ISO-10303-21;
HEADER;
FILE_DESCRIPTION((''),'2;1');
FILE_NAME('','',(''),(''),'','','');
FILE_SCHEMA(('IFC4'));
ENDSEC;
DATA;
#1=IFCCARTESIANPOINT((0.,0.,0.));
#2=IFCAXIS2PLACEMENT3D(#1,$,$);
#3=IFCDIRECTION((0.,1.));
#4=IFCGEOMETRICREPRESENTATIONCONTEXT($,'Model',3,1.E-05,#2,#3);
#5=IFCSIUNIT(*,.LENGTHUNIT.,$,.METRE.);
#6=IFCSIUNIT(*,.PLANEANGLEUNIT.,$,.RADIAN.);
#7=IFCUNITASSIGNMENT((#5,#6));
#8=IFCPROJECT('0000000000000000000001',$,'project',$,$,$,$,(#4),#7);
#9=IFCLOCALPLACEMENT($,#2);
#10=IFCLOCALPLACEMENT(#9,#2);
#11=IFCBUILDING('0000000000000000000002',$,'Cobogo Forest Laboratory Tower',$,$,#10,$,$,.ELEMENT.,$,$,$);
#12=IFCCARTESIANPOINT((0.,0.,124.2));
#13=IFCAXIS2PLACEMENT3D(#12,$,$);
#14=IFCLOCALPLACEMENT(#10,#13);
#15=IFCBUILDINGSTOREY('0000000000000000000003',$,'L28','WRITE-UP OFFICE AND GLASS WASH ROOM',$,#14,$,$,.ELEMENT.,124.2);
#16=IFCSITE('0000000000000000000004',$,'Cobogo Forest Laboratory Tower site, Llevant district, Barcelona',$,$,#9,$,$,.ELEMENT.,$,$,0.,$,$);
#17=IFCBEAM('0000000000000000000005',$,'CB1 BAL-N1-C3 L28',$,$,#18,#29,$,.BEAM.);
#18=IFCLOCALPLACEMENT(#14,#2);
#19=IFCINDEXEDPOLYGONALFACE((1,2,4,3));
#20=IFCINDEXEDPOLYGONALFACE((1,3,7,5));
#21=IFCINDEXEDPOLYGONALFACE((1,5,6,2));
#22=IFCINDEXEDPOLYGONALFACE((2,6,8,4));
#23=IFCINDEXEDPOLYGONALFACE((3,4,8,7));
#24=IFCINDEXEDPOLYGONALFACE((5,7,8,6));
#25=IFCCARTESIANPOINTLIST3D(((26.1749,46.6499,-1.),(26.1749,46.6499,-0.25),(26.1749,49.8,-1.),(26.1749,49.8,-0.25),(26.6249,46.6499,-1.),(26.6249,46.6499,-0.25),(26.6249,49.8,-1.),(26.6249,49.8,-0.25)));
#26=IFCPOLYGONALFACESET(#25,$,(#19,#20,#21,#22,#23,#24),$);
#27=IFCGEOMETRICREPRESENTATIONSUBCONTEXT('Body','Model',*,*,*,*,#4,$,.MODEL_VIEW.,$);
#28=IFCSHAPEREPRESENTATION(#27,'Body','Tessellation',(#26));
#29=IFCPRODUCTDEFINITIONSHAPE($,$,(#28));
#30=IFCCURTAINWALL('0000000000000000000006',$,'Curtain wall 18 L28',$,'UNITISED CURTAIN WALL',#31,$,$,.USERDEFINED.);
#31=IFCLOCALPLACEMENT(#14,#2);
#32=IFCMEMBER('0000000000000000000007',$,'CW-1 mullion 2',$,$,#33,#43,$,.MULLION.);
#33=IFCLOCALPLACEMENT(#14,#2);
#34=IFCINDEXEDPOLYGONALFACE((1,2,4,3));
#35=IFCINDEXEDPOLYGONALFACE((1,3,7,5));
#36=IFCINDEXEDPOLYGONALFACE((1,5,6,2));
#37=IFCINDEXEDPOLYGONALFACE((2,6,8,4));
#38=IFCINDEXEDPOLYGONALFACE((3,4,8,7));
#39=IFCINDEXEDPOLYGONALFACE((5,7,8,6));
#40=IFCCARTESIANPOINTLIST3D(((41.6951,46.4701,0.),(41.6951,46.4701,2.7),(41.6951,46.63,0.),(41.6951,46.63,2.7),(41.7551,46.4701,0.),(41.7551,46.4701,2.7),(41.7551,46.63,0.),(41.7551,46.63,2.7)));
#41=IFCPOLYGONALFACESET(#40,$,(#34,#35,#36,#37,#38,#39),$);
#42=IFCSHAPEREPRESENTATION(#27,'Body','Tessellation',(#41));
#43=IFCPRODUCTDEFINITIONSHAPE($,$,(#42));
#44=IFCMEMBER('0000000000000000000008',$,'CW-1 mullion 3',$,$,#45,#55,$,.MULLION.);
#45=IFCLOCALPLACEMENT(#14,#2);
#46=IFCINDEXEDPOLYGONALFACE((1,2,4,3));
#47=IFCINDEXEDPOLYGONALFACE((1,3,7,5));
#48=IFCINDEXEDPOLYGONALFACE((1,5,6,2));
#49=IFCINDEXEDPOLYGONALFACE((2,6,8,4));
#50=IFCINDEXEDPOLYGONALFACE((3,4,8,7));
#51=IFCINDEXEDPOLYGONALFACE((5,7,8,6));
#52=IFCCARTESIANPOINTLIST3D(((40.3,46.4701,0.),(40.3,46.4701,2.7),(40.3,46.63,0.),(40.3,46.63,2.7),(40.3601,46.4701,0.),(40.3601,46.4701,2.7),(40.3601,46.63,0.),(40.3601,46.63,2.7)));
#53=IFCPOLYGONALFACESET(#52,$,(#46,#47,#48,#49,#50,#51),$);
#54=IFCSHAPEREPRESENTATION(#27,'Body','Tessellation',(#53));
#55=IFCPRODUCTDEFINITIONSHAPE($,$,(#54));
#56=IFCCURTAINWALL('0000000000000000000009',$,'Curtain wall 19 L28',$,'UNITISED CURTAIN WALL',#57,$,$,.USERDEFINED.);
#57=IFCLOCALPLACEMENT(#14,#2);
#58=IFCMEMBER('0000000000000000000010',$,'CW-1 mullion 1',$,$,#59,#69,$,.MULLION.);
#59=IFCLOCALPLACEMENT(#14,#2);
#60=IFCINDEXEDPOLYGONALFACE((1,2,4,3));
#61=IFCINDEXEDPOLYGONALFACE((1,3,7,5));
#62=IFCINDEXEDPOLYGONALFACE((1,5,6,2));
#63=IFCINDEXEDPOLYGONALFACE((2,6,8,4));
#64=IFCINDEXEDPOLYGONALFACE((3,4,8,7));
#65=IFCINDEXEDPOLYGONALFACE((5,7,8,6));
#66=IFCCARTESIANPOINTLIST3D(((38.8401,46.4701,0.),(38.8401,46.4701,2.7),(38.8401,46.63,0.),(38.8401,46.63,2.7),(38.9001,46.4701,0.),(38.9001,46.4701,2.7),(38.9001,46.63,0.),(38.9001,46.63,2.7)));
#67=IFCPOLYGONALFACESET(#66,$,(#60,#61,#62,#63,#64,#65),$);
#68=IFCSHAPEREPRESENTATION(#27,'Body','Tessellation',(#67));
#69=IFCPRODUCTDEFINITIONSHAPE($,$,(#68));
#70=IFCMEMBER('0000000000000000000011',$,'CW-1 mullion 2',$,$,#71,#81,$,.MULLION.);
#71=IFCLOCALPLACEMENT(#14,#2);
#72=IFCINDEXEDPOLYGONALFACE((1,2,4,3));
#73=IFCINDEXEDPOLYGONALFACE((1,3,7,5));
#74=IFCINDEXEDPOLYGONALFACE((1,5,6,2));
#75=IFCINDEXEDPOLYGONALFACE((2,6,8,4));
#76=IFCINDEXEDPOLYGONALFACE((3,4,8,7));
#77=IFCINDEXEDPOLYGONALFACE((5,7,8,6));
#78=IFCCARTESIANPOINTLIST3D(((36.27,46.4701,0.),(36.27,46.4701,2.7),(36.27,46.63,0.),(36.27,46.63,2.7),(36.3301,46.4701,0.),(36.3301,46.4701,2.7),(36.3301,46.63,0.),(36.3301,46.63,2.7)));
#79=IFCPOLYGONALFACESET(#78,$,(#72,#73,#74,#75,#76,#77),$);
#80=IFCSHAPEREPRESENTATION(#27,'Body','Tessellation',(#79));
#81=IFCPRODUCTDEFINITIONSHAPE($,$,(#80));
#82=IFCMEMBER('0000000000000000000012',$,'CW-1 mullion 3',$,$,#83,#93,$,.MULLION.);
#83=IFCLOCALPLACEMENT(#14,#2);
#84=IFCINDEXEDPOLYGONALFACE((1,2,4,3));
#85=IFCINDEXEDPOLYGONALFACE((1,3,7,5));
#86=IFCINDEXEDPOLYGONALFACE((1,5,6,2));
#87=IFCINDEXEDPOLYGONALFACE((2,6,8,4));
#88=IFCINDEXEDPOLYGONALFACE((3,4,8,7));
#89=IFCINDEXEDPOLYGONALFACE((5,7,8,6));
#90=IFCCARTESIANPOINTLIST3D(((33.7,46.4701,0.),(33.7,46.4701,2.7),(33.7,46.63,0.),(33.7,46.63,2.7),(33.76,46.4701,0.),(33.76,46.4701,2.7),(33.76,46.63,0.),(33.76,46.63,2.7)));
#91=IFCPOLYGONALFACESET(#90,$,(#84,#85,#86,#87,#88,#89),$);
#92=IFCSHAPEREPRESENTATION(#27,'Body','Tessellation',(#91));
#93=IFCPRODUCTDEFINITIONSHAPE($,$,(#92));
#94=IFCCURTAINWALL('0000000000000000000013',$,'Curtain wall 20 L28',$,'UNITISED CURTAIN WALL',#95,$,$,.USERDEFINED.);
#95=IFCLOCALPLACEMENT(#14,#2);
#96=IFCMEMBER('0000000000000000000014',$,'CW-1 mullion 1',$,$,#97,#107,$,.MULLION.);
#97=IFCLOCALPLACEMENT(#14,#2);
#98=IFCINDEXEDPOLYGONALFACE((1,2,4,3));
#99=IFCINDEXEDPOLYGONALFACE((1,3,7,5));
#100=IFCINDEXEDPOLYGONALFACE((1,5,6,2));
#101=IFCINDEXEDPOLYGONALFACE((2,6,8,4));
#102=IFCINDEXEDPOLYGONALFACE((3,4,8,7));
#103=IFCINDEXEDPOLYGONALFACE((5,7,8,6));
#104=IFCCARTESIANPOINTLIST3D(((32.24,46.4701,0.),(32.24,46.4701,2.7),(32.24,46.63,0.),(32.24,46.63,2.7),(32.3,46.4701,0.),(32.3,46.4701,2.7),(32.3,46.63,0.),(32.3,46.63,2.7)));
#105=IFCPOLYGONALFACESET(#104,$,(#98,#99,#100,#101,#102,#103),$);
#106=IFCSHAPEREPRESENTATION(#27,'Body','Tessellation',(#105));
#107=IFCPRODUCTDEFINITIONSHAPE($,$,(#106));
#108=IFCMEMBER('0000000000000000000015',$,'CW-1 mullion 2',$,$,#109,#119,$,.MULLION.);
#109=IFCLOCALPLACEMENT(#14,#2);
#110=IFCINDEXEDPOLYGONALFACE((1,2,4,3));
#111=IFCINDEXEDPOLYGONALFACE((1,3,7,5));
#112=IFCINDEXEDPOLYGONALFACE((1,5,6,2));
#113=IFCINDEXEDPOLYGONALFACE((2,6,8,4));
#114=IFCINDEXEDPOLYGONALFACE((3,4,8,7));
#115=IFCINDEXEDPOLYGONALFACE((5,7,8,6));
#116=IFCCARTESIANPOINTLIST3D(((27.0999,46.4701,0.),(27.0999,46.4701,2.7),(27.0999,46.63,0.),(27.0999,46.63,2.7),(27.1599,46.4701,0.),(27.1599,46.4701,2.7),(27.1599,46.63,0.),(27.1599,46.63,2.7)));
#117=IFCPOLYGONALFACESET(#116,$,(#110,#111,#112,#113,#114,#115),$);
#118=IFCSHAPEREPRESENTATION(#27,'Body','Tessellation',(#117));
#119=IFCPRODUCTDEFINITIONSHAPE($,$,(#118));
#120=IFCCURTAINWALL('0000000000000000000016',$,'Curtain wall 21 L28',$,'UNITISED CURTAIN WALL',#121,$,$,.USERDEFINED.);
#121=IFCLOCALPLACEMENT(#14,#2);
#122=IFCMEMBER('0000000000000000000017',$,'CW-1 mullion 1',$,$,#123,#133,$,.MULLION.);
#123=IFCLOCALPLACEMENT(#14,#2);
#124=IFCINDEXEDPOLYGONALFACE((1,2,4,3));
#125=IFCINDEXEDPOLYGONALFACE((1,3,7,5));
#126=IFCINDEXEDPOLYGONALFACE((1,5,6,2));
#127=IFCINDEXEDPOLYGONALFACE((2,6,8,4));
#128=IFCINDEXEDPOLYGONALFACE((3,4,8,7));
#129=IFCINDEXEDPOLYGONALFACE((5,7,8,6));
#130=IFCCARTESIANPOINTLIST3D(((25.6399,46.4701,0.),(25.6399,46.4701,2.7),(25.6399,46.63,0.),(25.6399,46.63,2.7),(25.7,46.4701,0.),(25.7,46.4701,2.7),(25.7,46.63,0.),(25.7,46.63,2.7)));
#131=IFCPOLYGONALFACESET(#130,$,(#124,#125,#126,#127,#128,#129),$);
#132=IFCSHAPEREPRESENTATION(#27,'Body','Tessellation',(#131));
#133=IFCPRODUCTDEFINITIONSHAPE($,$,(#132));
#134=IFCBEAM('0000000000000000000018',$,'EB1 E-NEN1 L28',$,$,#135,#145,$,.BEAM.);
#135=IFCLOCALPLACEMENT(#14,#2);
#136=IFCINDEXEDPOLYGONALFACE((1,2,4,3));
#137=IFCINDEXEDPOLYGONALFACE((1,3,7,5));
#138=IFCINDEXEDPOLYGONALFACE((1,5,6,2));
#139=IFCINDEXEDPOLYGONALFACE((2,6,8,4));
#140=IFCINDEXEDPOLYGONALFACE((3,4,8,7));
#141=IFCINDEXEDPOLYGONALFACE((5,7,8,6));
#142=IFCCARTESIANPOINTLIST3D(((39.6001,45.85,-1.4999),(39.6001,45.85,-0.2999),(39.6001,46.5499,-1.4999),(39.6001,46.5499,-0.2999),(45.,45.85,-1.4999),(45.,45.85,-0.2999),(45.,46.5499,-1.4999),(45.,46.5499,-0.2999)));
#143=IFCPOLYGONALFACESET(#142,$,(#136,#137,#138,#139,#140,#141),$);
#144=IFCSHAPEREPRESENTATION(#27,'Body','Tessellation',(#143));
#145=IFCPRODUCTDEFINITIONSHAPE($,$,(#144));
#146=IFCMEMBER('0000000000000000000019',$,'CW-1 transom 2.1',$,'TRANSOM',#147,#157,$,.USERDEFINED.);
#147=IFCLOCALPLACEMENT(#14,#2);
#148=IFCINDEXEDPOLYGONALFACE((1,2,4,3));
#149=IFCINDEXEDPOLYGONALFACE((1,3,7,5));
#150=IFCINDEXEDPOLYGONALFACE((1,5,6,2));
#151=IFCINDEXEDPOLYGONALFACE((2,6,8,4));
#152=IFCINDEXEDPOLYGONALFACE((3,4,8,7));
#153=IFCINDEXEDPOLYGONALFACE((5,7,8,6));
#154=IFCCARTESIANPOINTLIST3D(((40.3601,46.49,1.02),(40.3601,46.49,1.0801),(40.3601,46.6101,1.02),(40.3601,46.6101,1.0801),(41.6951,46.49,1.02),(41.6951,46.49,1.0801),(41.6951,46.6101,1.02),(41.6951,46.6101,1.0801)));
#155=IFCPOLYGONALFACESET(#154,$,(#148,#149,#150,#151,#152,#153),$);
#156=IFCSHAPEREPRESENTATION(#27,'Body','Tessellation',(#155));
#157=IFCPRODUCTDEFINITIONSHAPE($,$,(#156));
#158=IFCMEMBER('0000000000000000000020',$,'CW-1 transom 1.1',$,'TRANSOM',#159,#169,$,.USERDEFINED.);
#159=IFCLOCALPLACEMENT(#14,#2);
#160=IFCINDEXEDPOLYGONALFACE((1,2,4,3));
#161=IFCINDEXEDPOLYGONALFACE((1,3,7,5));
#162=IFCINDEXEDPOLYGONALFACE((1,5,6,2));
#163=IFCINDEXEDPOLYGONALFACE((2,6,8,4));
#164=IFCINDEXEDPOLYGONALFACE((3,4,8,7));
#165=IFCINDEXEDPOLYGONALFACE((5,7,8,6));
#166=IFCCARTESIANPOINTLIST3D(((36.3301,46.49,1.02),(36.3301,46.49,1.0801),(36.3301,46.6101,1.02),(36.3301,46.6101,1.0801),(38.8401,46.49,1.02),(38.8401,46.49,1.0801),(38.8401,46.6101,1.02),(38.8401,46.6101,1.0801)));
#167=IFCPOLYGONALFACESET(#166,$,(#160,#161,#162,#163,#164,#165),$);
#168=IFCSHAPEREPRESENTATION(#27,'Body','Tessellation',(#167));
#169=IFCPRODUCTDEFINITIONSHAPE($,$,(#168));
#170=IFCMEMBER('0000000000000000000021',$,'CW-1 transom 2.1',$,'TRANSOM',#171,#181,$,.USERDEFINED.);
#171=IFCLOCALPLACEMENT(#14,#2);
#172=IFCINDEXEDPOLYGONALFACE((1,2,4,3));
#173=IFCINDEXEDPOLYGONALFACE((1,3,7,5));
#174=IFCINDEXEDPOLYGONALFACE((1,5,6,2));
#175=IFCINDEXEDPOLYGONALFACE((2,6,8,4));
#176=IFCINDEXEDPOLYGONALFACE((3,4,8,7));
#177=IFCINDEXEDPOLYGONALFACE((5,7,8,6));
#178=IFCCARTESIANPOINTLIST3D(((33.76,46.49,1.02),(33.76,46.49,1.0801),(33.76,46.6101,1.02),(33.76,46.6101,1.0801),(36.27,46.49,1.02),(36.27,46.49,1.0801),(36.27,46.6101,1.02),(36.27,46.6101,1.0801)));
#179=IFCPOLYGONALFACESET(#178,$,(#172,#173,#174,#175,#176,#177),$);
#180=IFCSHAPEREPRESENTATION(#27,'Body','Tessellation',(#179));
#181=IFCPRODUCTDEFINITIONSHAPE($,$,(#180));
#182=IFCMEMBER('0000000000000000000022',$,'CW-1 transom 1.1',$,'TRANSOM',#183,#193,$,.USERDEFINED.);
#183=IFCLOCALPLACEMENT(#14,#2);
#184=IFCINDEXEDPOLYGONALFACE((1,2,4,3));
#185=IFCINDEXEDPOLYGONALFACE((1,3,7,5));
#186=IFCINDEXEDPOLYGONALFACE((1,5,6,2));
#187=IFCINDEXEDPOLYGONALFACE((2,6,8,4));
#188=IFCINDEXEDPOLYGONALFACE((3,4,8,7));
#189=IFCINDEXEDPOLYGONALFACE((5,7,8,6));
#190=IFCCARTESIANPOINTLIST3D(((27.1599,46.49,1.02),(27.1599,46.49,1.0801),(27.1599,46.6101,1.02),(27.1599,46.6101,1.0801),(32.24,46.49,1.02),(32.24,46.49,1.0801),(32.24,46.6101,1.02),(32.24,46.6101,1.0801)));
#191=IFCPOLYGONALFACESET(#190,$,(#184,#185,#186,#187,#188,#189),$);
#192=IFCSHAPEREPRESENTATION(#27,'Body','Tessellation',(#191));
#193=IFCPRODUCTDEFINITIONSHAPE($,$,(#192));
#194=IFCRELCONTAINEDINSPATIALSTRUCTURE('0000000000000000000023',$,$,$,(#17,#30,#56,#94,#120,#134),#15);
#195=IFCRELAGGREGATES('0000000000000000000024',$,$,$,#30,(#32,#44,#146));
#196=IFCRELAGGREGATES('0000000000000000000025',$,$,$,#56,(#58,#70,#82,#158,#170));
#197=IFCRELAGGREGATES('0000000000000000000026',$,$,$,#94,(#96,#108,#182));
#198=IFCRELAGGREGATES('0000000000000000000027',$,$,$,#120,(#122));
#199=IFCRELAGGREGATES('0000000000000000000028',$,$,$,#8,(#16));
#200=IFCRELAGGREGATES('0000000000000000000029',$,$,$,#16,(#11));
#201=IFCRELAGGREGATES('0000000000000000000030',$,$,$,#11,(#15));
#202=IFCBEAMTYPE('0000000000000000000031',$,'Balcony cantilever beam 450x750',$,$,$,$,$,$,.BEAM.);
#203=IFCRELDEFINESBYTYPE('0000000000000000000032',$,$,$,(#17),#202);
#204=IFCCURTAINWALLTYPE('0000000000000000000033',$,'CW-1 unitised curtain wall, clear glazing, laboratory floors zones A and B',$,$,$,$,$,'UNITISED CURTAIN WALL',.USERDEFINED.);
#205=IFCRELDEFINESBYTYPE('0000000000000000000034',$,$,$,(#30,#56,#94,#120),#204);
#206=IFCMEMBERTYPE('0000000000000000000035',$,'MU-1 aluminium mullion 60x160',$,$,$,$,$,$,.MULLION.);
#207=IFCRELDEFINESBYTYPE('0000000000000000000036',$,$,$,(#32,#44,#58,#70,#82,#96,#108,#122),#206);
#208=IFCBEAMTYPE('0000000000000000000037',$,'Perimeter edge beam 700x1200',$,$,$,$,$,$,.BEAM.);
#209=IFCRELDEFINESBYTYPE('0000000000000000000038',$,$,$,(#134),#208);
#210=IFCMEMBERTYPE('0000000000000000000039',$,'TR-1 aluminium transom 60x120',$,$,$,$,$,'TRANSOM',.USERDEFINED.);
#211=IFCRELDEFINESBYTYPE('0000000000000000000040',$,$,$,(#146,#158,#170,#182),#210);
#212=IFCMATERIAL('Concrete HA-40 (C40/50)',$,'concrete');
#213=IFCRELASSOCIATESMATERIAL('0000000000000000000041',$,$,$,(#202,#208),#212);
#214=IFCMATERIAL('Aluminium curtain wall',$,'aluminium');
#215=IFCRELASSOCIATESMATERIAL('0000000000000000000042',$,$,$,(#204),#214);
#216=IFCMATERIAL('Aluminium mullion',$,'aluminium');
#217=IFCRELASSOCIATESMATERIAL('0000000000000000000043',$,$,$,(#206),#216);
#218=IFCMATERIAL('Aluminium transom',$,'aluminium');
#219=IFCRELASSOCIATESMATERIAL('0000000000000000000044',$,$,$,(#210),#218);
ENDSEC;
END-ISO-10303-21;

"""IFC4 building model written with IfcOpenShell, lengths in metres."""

from ifc_helpers import new_model, si_unit, direction, frame, origin, origin_2d, place, context, subcontext, project, spatial, rectangle, extrude, material, material_profile, profile_set, type_object, element, aggregate, save


model = new_model("IFC4")

# Units and contexts
model_context = context("Model", 3, precision=1e-05, world=origin(), true_north=direction((0.0, 1.0)))
body_context = subcontext(model_context, "Body", "Model", "MODEL_VIEW")
ifc_project = project(units=[si_unit("LENGTHUNIT", "METRE"), si_unit("PLANEANGLEUNIT", "RADIAN")], contexts=[model_context])

# Site, building, storey
site_placement = place(None, origin())
site = spatial("IfcSite", under=ifc_project, at=site_placement, Name="Cobogo Forest Laboratory Tower site, Llevant district, Barcelona", CompositionType="ELEMENT", RefElevation=0.0)
building_placement = place(site_placement, origin())
building = spatial("IfcBuilding", under=site, at=building_placement, Name="Cobogo Forest Laboratory Tower", CompositionType="ELEMENT")
storey_placement = place(building_placement, frame((0.0, 0.0, 124.2)))
storey = spatial("IfcBuildingStorey", under=building, at=storey_placement, Name="L28", Description="WRITE-UP OFFICE AND GLASS WASH ROOM", CompositionType="ELEMENT", Elevation=124.2)

# Beam
ifc_material_1 = material(Name="Concrete HA-40 (C40/50)", Category="concrete")
ifc_material_profile_1 = material_profile(ifc_material_1, rectangle(XDim=0.45, YDim=0.75, at=origin_2d()), Name="RC 450x750")
ifc_profile_set_1 = profile_set([ifc_material_profile_1], Name="Concrete HA-40 (C40/50)")
beam_type_1 = type_object("IfcBeamType", Name="Balcony cantilever beam 450x750", PredefinedType="BEAM", material=ifc_profile_set_1)
beam_1_placement = place(storey_placement, frame((26.3999, 46.6499, -0.625), z_axis=(0.0, 1.0, 0.0), x_axis=(-1.0, 0.0, 0.0)))
element("IfcBeam", 1, at=beam_1_placement, inside=storey, type_object=beam_type_1, Name="CB1 BAL-N1-C3 L28", PredefinedType="BEAM", context=body_context, shape_type="SweptSolid", body=[
    extrude(rectangle(XDim=0.45, YDim=0.75, at=origin_2d()), origin(), (0.0, 0.0, 1.0), 3.1501),
])

# Curtain walls, members
ifc_material_2 = material(Name="Aluminium curtain wall", Category="aluminium")
curtain_wall_type = type_object("IfcCurtainWallType", Name="CW-1 unitised curtain wall, clear glazing, laboratory floors zones A and B", ElementType="UNITISED CURTAIN WALL", PredefinedType="USERDEFINED", material=ifc_material_2)
curtain_wall_1_placement = place(storey_placement, origin())
curtain_wall_1 = element("IfcCurtainWall", 2, at=curtain_wall_1_placement, inside=storey, type_object=curtain_wall_type, Name="Curtain wall 18 L28", ObjectType="UNITISED CURTAIN WALL", PredefinedType="USERDEFINED")
ifc_material_3 = material(Name="Aluminium mullion", Category="aluminium")
ifc_material_profile_2 = material_profile(ifc_material_3, rectangle(XDim=0.0601, YDim=0.1599, at=origin_2d()), Name="AL 60x160")
ifc_profile_set_2 = profile_set([ifc_material_profile_2], Name="Aluminium mullion")
member_type_1 = type_object("IfcMemberType", Name="MU-1 aluminium mullion 60x160", PredefinedType="MULLION", material=ifc_profile_set_2)
member_1_placement = place(storey_placement, frame((41.7251, 46.55, 0.0), z_axis=(0.0, 0.0, 1.0), x_axis=(-1.0, 0.0, 0.0)))
member_1 = element("IfcMember", 3, at=member_1_placement, type_object=member_type_1, Name="CW-1 mullion 2", PredefinedType="MULLION", context=body_context, shape_type="SweptSolid", body=[
    extrude(rectangle(XDim=0.0601, YDim=0.1599, at=origin_2d()), origin(), (0.0, 0.0, 1.0), 2.7),
])
member_2_placement = place(storey_placement, frame((40.3301, 46.55, 0.0), z_axis=(0.0, 0.0, 1.0), x_axis=(-1.0, 0.0, 0.0)))
member_2 = element("IfcMember", 4, at=member_2_placement, type_object=member_type_1, Name="CW-1 mullion 3", PredefinedType="MULLION", context=body_context, shape_type="SweptSolid", body=[
    extrude(rectangle(XDim=0.0601, YDim=0.1599, at=origin_2d()), origin(), (0.0, 0.0, 1.0), 2.7),
])
curtain_wall_2_placement = place(storey_placement, origin())
curtain_wall_2 = element("IfcCurtainWall", 5, at=curtain_wall_2_placement, inside=storey, type_object=curtain_wall_type, Name="Curtain wall 19 L28", ObjectType="UNITISED CURTAIN WALL", PredefinedType="USERDEFINED")
member_3_placement = place(storey_placement, frame((38.8701, 46.55, 0.0), z_axis=(0.0, 0.0, 1.0), x_axis=(-1.0, 0.0, 0.0)))
member_3 = element("IfcMember", 6, at=member_3_placement, type_object=member_type_1, Name="CW-1 mullion 1", PredefinedType="MULLION", context=body_context, shape_type="SweptSolid", body=[
    extrude(rectangle(XDim=0.0601, YDim=0.1599, at=origin_2d()), origin(), (0.0, 0.0, 1.0), 2.7),
])
member_4_placement = place(storey_placement, frame((36.3, 46.55, 0.0), z_axis=(0.0, 0.0, 1.0), x_axis=(-1.0, 0.0, 0.0)))
member_4 = element("IfcMember", 7, at=member_4_placement, type_object=member_type_1, Name="CW-1 mullion 2", PredefinedType="MULLION", context=body_context, shape_type="SweptSolid", body=[
    extrude(rectangle(XDim=0.0601, YDim=0.1599, at=origin_2d()), origin(), (0.0, 0.0, 1.0), 2.7),
])
member_5_placement = place(storey_placement, frame((33.73, 46.55, 0.0), z_axis=(0.0, 0.0, 1.0), x_axis=(-1.0, 0.0, 0.0)))
member_5 = element("IfcMember", 8, at=member_5_placement, type_object=member_type_1, Name="CW-1 mullion 3", PredefinedType="MULLION", context=body_context, shape_type="SweptSolid", body=[
    extrude(rectangle(XDim=0.0601, YDim=0.1599, at=origin_2d()), origin(), (0.0, 0.0, 1.0), 2.7),
])
curtain_wall_3_placement = place(storey_placement, origin())
curtain_wall_3 = element("IfcCurtainWall", 9, at=curtain_wall_3_placement, inside=storey, type_object=curtain_wall_type, Name="Curtain wall 20 L28", ObjectType="UNITISED CURTAIN WALL", PredefinedType="USERDEFINED")
member_6_placement = place(storey_placement, frame((32.27, 46.55, 0.0), z_axis=(0.0, 0.0, 1.0), x_axis=(-1.0, 0.0, 0.0)))
member_6 = element("IfcMember", 10, at=member_6_placement, type_object=member_type_1, Name="CW-1 mullion 1", PredefinedType="MULLION", context=body_context, shape_type="SweptSolid", body=[
    extrude(rectangle(XDim=0.0601, YDim=0.1599, at=origin_2d()), origin(), (0.0, 0.0, 1.0), 2.7),
])
member_7_placement = place(storey_placement, frame((27.1299, 46.55, 0.0), z_axis=(0.0, 0.0, 1.0), x_axis=(-1.0, 0.0, 0.0)))
member_7 = element("IfcMember", 11, at=member_7_placement, type_object=member_type_1, Name="CW-1 mullion 2", PredefinedType="MULLION", context=body_context, shape_type="SweptSolid", body=[
    extrude(rectangle(XDim=0.0601, YDim=0.1599, at=origin_2d()), origin(), (0.0, 0.0, 1.0), 2.7),
])

# Curtain wall, member
curtain_wall_4_placement = place(storey_placement, origin())
curtain_wall_4 = element("IfcCurtainWall", 12, at=curtain_wall_4_placement, inside=storey, type_object=curtain_wall_type, Name="Curtain wall 21 L28", ObjectType="UNITISED CURTAIN WALL", PredefinedType="USERDEFINED")
member_8_placement = place(storey_placement, frame((25.6699, 46.55, 0.0), z_axis=(0.0, 0.0, 1.0), x_axis=(-1.0, 0.0, 0.0)))
member_8 = element("IfcMember", 13, at=member_8_placement, type_object=member_type_1, Name="CW-1 mullion 1", PredefinedType="MULLION", context=body_context, shape_type="SweptSolid", body=[
    extrude(rectangle(XDim=0.0601, YDim=0.1599, at=origin_2d()), origin(), (0.0, 0.0, 1.0), 2.7),
])

# Beam
ifc_material_profile_3 = material_profile(ifc_material_1, rectangle(XDim=0.7, YDim=1.2, at=origin_2d()), Name="RC 700x1200")
ifc_profile_set_3 = profile_set([ifc_material_profile_3], Name="Concrete HA-40 (C40/50)")
beam_type_2 = type_object("IfcBeamType", Name="Perimeter edge beam 700x1200", PredefinedType="BEAM", material=ifc_profile_set_3)
beam_2_placement = place(storey_placement, frame((39.6001, 46.2, -0.8999), z_axis=(1.0, 0.0, 0.0), x_axis=(0.0, 1.0, 0.0)))
element("IfcBeam", 14, at=beam_2_placement, inside=storey, type_object=beam_type_2, Name="EB1 E-NEN1 L28", PredefinedType="BEAM", context=body_context, shape_type="SweptSolid", body=[
    extrude(rectangle(XDim=0.7, YDim=1.2, at=origin_2d()), origin(), (0.0, 0.0, 1.0), 5.3999),
])

# Members
ifc_material_4 = material(Name="Aluminium transom", Category="aluminium")
ifc_material_profile_4 = material_profile(ifc_material_4, rectangle(XDim=0.1201, YDim=0.0601, at=origin_2d()), Name="AL 60x120")
ifc_profile_set_4 = profile_set([ifc_material_profile_4], Name="Aluminium transom")
member_type_2 = type_object("IfcMemberType", Name="TR-1 aluminium transom 60x120", ElementType="TRANSOM", PredefinedType="USERDEFINED", material=ifc_profile_set_4)
member_9_placement = place(storey_placement, frame((41.6951, 46.55, 1.05), z_axis=(-1.0, 0.0, 0.0), x_axis=(0.0, -1.0, 0.0)))
member_9 = element("IfcMember", 15, at=member_9_placement, type_object=member_type_2, Name="CW-1 transom 2.1", ObjectType="TRANSOM", PredefinedType="USERDEFINED", context=body_context, shape_type="SweptSolid", body=[
    extrude(rectangle(XDim=0.1201, YDim=0.0601, at=origin_2d()), origin(), (0.0, 0.0, 1.0), 1.335),
])
member_10_placement = place(storey_placement, frame((38.8401, 46.55, 1.05), z_axis=(-1.0, 0.0, 0.0), x_axis=(0.0, -1.0, 0.0)))
member_10 = element("IfcMember", 16, at=member_10_placement, type_object=member_type_2, Name="CW-1 transom 1.1", ObjectType="TRANSOM", PredefinedType="USERDEFINED", context=body_context, shape_type="SweptSolid", body=[
    extrude(rectangle(XDim=0.1201, YDim=0.0601, at=origin_2d()), origin(), (0.0, 0.0, 1.0), 2.51),
])
member_11_placement = place(storey_placement, frame((36.27, 46.55, 1.05), z_axis=(-1.0, 0.0, 0.0), x_axis=(0.0, -1.0, 0.0)))
member_11 = element("IfcMember", 17, at=member_11_placement, type_object=member_type_2, Name="CW-1 transom 2.1", ObjectType="TRANSOM", PredefinedType="USERDEFINED", context=body_context, shape_type="SweptSolid", body=[
    extrude(rectangle(XDim=0.1201, YDim=0.0601, at=origin_2d()), origin(), (0.0, 0.0, 1.0), 2.51),
])
member_12_placement = place(storey_placement, frame((32.24, 46.55, 1.05), z_axis=(-1.0, 0.0, 0.0), x_axis=(0.0, -1.0, 0.0)))
member_12 = element("IfcMember", 18, at=member_12_placement, type_object=member_type_2, Name="CW-1 transom 1.1", ObjectType="TRANSOM", PredefinedType="USERDEFINED", context=body_context, shape_type="SweptSolid", body=[
    extrude(rectangle(XDim=0.1201, YDim=0.0601, at=origin_2d()), origin(), (0.0, 0.0, 1.0), 5.0801),
])

aggregate(curtain_wall_1, [member_1, member_2, member_9])
aggregate(curtain_wall_2, [member_3, member_4, member_5, member_10, member_11])
aggregate(curtain_wall_3, [member_6, member_7, member_12])
aggregate(curtain_wall_4, [member_8])

save(model, "model.ifc")
